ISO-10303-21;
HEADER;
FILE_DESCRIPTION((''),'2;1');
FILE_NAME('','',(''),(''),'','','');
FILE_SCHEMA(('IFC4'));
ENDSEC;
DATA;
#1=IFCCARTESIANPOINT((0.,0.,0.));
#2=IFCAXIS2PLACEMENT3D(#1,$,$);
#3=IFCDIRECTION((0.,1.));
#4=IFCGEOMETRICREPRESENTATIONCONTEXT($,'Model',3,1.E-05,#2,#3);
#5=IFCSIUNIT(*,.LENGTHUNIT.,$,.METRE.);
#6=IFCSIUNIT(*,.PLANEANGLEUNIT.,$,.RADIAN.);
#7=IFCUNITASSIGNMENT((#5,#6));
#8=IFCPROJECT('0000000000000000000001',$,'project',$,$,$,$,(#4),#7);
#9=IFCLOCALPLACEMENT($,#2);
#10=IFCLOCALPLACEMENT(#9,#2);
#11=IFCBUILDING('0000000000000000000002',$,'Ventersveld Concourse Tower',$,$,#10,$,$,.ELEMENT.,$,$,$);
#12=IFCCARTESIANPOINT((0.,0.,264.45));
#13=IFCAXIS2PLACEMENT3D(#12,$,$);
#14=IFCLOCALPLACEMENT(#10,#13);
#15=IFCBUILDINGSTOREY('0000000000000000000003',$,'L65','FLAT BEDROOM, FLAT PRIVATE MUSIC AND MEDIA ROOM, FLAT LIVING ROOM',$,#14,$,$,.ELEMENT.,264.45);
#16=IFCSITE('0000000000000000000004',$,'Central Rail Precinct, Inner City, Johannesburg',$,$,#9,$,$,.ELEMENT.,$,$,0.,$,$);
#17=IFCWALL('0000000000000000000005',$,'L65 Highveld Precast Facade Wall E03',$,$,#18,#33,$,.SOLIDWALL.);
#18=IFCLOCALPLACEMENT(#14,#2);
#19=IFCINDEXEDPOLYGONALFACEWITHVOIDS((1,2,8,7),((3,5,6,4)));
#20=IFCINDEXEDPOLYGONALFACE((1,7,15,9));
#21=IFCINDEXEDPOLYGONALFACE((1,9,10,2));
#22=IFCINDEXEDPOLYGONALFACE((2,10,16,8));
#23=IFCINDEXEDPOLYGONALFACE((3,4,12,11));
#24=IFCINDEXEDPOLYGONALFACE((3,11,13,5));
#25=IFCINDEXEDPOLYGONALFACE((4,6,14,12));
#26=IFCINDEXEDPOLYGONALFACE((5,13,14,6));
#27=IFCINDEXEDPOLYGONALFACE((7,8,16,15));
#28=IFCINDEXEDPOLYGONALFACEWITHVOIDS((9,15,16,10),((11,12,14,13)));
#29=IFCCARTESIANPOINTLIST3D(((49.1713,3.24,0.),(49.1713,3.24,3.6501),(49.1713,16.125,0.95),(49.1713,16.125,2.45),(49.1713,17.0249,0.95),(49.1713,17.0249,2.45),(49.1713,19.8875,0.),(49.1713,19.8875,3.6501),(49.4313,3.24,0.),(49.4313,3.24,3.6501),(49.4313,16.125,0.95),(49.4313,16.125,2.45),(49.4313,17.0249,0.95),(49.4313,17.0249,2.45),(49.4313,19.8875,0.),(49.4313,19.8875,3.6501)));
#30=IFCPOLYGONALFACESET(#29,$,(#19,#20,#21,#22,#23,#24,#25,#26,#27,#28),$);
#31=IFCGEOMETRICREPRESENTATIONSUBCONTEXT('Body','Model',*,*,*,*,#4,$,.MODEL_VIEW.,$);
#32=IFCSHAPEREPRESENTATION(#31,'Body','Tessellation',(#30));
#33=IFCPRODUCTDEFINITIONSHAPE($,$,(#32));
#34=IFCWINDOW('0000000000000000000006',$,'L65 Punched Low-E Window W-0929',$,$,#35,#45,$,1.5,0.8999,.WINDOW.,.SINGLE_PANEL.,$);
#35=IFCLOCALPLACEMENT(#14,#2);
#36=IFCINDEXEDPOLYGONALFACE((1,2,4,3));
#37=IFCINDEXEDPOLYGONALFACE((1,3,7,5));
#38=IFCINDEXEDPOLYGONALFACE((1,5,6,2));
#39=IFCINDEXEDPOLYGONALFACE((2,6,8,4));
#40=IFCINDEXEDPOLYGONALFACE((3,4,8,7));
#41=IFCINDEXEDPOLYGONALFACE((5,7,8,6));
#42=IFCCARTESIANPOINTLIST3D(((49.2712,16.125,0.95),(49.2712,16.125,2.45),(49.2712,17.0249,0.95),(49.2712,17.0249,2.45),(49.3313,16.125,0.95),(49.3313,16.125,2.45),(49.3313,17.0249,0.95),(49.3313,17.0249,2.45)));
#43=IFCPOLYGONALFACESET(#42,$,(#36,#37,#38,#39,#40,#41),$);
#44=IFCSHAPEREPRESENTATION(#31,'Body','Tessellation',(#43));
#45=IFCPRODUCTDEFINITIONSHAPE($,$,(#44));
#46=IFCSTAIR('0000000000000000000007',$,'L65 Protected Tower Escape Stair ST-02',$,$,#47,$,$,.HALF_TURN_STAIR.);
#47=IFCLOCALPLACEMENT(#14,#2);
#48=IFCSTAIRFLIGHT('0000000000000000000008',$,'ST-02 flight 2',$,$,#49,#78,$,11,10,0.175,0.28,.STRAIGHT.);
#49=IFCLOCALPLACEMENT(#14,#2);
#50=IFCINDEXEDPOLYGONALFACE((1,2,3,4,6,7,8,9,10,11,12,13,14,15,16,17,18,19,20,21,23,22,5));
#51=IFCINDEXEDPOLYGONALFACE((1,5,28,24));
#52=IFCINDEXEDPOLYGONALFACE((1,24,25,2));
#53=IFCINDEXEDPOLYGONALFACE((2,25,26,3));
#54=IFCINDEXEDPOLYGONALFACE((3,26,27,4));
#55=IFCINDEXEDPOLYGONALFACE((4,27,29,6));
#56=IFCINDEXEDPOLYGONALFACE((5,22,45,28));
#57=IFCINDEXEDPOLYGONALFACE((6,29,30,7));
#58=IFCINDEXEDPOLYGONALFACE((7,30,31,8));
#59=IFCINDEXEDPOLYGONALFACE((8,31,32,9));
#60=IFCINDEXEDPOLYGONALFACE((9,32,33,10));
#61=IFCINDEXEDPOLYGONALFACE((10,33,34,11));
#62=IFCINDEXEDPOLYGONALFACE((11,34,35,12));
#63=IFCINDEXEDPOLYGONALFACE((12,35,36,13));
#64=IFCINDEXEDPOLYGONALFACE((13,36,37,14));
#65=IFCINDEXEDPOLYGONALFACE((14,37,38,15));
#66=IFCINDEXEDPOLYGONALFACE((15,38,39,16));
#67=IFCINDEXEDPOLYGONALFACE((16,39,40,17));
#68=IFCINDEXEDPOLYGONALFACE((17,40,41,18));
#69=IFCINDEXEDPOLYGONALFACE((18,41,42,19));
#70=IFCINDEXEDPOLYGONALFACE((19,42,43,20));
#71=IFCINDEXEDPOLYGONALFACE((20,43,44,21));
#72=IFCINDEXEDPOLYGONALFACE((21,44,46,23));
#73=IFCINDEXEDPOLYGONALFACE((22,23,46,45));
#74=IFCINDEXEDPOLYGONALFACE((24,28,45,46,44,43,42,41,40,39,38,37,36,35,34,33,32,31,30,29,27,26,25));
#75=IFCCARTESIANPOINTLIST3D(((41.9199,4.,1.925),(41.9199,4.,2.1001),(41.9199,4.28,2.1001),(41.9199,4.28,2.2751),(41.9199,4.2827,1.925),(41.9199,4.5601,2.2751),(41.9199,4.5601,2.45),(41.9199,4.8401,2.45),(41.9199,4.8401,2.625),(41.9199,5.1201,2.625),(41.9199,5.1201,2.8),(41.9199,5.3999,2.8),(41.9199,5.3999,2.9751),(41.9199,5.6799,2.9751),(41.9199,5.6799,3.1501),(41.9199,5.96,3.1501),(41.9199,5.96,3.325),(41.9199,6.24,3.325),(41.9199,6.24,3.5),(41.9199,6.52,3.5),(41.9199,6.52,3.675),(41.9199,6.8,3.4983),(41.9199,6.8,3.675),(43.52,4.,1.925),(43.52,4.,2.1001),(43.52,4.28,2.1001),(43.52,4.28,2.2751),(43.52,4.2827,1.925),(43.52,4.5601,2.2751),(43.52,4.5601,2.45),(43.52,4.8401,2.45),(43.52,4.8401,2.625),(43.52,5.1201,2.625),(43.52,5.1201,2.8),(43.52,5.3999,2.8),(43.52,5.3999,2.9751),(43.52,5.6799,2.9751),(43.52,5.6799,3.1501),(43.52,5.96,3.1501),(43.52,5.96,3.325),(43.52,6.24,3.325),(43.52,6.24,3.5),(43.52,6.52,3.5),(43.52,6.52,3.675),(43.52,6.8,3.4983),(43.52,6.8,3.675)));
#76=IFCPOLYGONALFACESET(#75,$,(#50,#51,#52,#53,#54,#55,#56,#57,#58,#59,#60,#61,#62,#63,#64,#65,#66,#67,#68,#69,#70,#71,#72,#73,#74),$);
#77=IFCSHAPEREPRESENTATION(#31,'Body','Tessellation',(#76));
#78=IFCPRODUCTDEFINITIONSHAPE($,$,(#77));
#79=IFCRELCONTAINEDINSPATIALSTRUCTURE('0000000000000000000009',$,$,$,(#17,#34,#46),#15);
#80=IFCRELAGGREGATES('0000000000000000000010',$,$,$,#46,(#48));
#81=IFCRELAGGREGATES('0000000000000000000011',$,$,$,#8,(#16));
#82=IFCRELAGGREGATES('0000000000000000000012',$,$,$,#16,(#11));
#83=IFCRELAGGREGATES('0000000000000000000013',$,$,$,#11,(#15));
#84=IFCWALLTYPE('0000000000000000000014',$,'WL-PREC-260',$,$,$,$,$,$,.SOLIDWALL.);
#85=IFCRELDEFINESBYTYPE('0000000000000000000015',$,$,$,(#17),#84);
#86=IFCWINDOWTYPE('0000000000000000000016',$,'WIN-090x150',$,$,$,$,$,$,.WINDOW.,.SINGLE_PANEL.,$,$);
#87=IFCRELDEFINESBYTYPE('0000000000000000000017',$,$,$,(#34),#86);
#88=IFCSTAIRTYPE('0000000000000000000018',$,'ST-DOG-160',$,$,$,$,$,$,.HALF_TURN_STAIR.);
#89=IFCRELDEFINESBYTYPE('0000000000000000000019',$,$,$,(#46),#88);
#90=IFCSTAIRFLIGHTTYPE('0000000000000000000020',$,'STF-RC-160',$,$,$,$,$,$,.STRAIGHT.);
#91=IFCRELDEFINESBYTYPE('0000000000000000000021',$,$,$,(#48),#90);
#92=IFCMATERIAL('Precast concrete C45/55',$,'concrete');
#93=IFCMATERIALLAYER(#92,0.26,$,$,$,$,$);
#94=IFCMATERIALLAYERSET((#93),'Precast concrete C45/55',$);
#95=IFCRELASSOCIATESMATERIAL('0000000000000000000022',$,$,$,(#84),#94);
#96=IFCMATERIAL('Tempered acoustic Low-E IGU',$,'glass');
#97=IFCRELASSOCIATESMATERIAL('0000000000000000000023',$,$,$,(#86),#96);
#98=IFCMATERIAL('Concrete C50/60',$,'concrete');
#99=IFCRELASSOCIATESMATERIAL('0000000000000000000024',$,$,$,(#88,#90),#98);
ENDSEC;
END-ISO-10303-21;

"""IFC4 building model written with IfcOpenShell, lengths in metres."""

from ifc_helpers import new_model, si_unit, direction, frame, frame_2d, origin, place, context, subcontext, project, spatial, polyline, rectangle, outline, extrude, material, layer, layer_set, type_object, element, fill, aggregate, save


model = new_model("IFC4")

# Units and contexts
model_context = context("Model", 3, precision=1e-05, world=origin(), true_north=direction((0.0, 1.0)))
body_context = subcontext(model_context, "Body", "Model", "MODEL_VIEW")
ifc_project = project(units=[si_unit("LENGTHUNIT", "METRE"), si_unit("PLANEANGLEUNIT", "RADIAN")], contexts=[model_context])

# Site, building, storey
site_placement = place(None, origin())
site = spatial("IfcSite", under=ifc_project, at=site_placement, Name="Central Rail Precinct, Inner City, Johannesburg", CompositionType="ELEMENT", RefElevation=0.0)
building_placement = place(site_placement, origin())
building = spatial("IfcBuilding", under=site, at=building_placement, Name="Ventersveld Concourse Tower", CompositionType="ELEMENT")
storey_placement = place(building_placement, frame((0.0, 0.0, 264.45)))
storey = spatial("IfcBuildingStorey", under=building, at=storey_placement, Name="L65", Description="FLAT BEDROOM, FLAT PRIVATE MUSIC AND MEDIA ROOM, FLAT LIVING ROOM", CompositionType="ELEMENT", Elevation=264.45)

# Shared definitions
ifc_material_1 = material(Name="Concrete C50/60", Category="concrete")

# Shared definitions
ifc_material_2 = material(Name="Precast concrete C45/55", Category="concrete")
ifc_layer_1 = layer(ifc_material_2, 0.26)
ifc_layer_set_1 = layer_set([ifc_layer_1], Name="Precast concrete C45/55")
wall_type_1 = type_object("IfcWallType", Name="WL-PREC-260", PredefinedType="SOLIDWALL", material=ifc_layer_set_1)

# Wall, opening, window
ifc_material_3 = material(Name="Tempered acoustic Low-E IGU", Category="glass")
wall_1_placement = place(storey_placement, frame((49.3013, 3.24, 0.0), z_axis=(0.0, 0.0, 1.0), x_axis=(0.0, 1.0, 0.0)))
wall_1 = element("IfcWall", 1, at=wall_1_placement, inside=storey, type_object=wall_type_1, Name="L65 Highveld Precast Facade Wall E03", PredefinedType="SOLIDWALL", context=body_context, shape_type="SweptSolid", body=[
    extrude(rectangle(XDim=16.6475, YDim=0.26, at=frame_2d((8.3237, 0.0))), origin(), (0.0, 0.0, 1.0), 3.6501),
])
opening_1_placement = place(wall_1_placement, frame((12.885, 0.0, 0.95)))
opening_1 = element("IfcOpeningElement", 2, at=opening_1_placement, cuts=wall_1, PredefinedType="OPENING", context=body_context, shape_type="SweptSolid", body=[
    extrude(rectangle(XDim=0.8999, YDim=1.5, at=frame_2d((0.45, 0.75))), frame((0.0, 0.1401, 0.0), z_axis=(0.0, -1.0, 0.0), x_axis=(1.0, 0.0, 0.0)), (0.0, 0.0, 1.0), 0.28),
])
window_type_1 = type_object("IfcWindowType", Name="WIN-090x150", PartitioningType="SINGLE_PANEL", PredefinedType="WINDOW", material=ifc_material_3)
window_1_placement = place(opening_1_placement, origin())
window_1 = element("IfcWindow", 3, at=window_1_placement, inside=storey, type_object=window_type_1, Name="L65 Punched Low-E Window W-0929", OverallHeight=1.5, OverallWidth=0.8999, PartitioningType="SINGLE_PANEL", PredefinedType="WINDOW", context=body_context, shape_type="SweptSolid", body=[
    extrude(rectangle(XDim=0.8999, YDim=1.5, at=frame_2d((0.45, 0.75))), frame((0.0, 0.03, 0.0), z_axis=(0.0, -1.0, 0.0), x_axis=(1.0, 0.0, 0.0)), (0.0, 0.0, 1.0), 0.0601),
])
fill(opening_1, window_1)

# Stair, stair flight
stair_type = type_object("IfcStairType", Name="ST-DOG-160", PredefinedType="HALF_TURN_STAIR", material=ifc_material_1)
stair_placement = place(storey_placement, origin())
stair = element("IfcStair", 4, at=stair_placement, inside=storey, type_object=stair_type, Name="L65 Protected Tower Escape Stair ST-02", PredefinedType="HALF_TURN_STAIR")
stair_flight_type = type_object("IfcStairFlightType", Name="STF-RC-160", PredefinedType="STRAIGHT", material=ifc_material_1)
stair_flight_placement = place(storey_placement, frame((42.72, 4.0, 1.925), z_axis=(0.0, 0.0, 1.0), x_axis=(0.0, 1.0, 0.0)))
stair_flight = element("IfcStairFlight", 5, at=stair_flight_placement, type_object=stair_flight_type, Name="ST-02 flight 2", NumberOfRisers=11, NumberOfTreads=10, PredefinedType="STRAIGHT", RiserHeight=0.175, TreadLength=0.28, context=body_context, shape_type="SweptSolid", body=[
    extrude(outline(polyline([(0.0, 0.0), (0.0, 0.175), (0.28, 0.175), (0.28, 0.3501), (0.5601, 0.3501), (0.5601, 0.5249), (0.8401, 0.5249), (0.8401, 0.7), (1.1201, 0.7), (1.1201, 0.875), (1.3999, 0.875), (1.3999, 1.05), (1.6799, 1.05), (1.6799, 1.2251), (1.96, 1.2251), (1.96, 1.3999), (2.24, 1.3999), (2.24, 1.575), (2.52, 1.575), (2.52, 1.75), (2.8, 1.75), (2.8, 1.925), (2.8, 1.5732), (0.2827, 0.0), (0.0, 0.0)])), frame((0.0, 0.8, 0.0), z_axis=(0.0, -1.0, 0.0), x_axis=(1.0, 0.0, 0.0)), (0.0, 0.0, 1.0), 1.6001),
])
aggregate(stair, [stair_flight])

save(model, "model.ifc")
